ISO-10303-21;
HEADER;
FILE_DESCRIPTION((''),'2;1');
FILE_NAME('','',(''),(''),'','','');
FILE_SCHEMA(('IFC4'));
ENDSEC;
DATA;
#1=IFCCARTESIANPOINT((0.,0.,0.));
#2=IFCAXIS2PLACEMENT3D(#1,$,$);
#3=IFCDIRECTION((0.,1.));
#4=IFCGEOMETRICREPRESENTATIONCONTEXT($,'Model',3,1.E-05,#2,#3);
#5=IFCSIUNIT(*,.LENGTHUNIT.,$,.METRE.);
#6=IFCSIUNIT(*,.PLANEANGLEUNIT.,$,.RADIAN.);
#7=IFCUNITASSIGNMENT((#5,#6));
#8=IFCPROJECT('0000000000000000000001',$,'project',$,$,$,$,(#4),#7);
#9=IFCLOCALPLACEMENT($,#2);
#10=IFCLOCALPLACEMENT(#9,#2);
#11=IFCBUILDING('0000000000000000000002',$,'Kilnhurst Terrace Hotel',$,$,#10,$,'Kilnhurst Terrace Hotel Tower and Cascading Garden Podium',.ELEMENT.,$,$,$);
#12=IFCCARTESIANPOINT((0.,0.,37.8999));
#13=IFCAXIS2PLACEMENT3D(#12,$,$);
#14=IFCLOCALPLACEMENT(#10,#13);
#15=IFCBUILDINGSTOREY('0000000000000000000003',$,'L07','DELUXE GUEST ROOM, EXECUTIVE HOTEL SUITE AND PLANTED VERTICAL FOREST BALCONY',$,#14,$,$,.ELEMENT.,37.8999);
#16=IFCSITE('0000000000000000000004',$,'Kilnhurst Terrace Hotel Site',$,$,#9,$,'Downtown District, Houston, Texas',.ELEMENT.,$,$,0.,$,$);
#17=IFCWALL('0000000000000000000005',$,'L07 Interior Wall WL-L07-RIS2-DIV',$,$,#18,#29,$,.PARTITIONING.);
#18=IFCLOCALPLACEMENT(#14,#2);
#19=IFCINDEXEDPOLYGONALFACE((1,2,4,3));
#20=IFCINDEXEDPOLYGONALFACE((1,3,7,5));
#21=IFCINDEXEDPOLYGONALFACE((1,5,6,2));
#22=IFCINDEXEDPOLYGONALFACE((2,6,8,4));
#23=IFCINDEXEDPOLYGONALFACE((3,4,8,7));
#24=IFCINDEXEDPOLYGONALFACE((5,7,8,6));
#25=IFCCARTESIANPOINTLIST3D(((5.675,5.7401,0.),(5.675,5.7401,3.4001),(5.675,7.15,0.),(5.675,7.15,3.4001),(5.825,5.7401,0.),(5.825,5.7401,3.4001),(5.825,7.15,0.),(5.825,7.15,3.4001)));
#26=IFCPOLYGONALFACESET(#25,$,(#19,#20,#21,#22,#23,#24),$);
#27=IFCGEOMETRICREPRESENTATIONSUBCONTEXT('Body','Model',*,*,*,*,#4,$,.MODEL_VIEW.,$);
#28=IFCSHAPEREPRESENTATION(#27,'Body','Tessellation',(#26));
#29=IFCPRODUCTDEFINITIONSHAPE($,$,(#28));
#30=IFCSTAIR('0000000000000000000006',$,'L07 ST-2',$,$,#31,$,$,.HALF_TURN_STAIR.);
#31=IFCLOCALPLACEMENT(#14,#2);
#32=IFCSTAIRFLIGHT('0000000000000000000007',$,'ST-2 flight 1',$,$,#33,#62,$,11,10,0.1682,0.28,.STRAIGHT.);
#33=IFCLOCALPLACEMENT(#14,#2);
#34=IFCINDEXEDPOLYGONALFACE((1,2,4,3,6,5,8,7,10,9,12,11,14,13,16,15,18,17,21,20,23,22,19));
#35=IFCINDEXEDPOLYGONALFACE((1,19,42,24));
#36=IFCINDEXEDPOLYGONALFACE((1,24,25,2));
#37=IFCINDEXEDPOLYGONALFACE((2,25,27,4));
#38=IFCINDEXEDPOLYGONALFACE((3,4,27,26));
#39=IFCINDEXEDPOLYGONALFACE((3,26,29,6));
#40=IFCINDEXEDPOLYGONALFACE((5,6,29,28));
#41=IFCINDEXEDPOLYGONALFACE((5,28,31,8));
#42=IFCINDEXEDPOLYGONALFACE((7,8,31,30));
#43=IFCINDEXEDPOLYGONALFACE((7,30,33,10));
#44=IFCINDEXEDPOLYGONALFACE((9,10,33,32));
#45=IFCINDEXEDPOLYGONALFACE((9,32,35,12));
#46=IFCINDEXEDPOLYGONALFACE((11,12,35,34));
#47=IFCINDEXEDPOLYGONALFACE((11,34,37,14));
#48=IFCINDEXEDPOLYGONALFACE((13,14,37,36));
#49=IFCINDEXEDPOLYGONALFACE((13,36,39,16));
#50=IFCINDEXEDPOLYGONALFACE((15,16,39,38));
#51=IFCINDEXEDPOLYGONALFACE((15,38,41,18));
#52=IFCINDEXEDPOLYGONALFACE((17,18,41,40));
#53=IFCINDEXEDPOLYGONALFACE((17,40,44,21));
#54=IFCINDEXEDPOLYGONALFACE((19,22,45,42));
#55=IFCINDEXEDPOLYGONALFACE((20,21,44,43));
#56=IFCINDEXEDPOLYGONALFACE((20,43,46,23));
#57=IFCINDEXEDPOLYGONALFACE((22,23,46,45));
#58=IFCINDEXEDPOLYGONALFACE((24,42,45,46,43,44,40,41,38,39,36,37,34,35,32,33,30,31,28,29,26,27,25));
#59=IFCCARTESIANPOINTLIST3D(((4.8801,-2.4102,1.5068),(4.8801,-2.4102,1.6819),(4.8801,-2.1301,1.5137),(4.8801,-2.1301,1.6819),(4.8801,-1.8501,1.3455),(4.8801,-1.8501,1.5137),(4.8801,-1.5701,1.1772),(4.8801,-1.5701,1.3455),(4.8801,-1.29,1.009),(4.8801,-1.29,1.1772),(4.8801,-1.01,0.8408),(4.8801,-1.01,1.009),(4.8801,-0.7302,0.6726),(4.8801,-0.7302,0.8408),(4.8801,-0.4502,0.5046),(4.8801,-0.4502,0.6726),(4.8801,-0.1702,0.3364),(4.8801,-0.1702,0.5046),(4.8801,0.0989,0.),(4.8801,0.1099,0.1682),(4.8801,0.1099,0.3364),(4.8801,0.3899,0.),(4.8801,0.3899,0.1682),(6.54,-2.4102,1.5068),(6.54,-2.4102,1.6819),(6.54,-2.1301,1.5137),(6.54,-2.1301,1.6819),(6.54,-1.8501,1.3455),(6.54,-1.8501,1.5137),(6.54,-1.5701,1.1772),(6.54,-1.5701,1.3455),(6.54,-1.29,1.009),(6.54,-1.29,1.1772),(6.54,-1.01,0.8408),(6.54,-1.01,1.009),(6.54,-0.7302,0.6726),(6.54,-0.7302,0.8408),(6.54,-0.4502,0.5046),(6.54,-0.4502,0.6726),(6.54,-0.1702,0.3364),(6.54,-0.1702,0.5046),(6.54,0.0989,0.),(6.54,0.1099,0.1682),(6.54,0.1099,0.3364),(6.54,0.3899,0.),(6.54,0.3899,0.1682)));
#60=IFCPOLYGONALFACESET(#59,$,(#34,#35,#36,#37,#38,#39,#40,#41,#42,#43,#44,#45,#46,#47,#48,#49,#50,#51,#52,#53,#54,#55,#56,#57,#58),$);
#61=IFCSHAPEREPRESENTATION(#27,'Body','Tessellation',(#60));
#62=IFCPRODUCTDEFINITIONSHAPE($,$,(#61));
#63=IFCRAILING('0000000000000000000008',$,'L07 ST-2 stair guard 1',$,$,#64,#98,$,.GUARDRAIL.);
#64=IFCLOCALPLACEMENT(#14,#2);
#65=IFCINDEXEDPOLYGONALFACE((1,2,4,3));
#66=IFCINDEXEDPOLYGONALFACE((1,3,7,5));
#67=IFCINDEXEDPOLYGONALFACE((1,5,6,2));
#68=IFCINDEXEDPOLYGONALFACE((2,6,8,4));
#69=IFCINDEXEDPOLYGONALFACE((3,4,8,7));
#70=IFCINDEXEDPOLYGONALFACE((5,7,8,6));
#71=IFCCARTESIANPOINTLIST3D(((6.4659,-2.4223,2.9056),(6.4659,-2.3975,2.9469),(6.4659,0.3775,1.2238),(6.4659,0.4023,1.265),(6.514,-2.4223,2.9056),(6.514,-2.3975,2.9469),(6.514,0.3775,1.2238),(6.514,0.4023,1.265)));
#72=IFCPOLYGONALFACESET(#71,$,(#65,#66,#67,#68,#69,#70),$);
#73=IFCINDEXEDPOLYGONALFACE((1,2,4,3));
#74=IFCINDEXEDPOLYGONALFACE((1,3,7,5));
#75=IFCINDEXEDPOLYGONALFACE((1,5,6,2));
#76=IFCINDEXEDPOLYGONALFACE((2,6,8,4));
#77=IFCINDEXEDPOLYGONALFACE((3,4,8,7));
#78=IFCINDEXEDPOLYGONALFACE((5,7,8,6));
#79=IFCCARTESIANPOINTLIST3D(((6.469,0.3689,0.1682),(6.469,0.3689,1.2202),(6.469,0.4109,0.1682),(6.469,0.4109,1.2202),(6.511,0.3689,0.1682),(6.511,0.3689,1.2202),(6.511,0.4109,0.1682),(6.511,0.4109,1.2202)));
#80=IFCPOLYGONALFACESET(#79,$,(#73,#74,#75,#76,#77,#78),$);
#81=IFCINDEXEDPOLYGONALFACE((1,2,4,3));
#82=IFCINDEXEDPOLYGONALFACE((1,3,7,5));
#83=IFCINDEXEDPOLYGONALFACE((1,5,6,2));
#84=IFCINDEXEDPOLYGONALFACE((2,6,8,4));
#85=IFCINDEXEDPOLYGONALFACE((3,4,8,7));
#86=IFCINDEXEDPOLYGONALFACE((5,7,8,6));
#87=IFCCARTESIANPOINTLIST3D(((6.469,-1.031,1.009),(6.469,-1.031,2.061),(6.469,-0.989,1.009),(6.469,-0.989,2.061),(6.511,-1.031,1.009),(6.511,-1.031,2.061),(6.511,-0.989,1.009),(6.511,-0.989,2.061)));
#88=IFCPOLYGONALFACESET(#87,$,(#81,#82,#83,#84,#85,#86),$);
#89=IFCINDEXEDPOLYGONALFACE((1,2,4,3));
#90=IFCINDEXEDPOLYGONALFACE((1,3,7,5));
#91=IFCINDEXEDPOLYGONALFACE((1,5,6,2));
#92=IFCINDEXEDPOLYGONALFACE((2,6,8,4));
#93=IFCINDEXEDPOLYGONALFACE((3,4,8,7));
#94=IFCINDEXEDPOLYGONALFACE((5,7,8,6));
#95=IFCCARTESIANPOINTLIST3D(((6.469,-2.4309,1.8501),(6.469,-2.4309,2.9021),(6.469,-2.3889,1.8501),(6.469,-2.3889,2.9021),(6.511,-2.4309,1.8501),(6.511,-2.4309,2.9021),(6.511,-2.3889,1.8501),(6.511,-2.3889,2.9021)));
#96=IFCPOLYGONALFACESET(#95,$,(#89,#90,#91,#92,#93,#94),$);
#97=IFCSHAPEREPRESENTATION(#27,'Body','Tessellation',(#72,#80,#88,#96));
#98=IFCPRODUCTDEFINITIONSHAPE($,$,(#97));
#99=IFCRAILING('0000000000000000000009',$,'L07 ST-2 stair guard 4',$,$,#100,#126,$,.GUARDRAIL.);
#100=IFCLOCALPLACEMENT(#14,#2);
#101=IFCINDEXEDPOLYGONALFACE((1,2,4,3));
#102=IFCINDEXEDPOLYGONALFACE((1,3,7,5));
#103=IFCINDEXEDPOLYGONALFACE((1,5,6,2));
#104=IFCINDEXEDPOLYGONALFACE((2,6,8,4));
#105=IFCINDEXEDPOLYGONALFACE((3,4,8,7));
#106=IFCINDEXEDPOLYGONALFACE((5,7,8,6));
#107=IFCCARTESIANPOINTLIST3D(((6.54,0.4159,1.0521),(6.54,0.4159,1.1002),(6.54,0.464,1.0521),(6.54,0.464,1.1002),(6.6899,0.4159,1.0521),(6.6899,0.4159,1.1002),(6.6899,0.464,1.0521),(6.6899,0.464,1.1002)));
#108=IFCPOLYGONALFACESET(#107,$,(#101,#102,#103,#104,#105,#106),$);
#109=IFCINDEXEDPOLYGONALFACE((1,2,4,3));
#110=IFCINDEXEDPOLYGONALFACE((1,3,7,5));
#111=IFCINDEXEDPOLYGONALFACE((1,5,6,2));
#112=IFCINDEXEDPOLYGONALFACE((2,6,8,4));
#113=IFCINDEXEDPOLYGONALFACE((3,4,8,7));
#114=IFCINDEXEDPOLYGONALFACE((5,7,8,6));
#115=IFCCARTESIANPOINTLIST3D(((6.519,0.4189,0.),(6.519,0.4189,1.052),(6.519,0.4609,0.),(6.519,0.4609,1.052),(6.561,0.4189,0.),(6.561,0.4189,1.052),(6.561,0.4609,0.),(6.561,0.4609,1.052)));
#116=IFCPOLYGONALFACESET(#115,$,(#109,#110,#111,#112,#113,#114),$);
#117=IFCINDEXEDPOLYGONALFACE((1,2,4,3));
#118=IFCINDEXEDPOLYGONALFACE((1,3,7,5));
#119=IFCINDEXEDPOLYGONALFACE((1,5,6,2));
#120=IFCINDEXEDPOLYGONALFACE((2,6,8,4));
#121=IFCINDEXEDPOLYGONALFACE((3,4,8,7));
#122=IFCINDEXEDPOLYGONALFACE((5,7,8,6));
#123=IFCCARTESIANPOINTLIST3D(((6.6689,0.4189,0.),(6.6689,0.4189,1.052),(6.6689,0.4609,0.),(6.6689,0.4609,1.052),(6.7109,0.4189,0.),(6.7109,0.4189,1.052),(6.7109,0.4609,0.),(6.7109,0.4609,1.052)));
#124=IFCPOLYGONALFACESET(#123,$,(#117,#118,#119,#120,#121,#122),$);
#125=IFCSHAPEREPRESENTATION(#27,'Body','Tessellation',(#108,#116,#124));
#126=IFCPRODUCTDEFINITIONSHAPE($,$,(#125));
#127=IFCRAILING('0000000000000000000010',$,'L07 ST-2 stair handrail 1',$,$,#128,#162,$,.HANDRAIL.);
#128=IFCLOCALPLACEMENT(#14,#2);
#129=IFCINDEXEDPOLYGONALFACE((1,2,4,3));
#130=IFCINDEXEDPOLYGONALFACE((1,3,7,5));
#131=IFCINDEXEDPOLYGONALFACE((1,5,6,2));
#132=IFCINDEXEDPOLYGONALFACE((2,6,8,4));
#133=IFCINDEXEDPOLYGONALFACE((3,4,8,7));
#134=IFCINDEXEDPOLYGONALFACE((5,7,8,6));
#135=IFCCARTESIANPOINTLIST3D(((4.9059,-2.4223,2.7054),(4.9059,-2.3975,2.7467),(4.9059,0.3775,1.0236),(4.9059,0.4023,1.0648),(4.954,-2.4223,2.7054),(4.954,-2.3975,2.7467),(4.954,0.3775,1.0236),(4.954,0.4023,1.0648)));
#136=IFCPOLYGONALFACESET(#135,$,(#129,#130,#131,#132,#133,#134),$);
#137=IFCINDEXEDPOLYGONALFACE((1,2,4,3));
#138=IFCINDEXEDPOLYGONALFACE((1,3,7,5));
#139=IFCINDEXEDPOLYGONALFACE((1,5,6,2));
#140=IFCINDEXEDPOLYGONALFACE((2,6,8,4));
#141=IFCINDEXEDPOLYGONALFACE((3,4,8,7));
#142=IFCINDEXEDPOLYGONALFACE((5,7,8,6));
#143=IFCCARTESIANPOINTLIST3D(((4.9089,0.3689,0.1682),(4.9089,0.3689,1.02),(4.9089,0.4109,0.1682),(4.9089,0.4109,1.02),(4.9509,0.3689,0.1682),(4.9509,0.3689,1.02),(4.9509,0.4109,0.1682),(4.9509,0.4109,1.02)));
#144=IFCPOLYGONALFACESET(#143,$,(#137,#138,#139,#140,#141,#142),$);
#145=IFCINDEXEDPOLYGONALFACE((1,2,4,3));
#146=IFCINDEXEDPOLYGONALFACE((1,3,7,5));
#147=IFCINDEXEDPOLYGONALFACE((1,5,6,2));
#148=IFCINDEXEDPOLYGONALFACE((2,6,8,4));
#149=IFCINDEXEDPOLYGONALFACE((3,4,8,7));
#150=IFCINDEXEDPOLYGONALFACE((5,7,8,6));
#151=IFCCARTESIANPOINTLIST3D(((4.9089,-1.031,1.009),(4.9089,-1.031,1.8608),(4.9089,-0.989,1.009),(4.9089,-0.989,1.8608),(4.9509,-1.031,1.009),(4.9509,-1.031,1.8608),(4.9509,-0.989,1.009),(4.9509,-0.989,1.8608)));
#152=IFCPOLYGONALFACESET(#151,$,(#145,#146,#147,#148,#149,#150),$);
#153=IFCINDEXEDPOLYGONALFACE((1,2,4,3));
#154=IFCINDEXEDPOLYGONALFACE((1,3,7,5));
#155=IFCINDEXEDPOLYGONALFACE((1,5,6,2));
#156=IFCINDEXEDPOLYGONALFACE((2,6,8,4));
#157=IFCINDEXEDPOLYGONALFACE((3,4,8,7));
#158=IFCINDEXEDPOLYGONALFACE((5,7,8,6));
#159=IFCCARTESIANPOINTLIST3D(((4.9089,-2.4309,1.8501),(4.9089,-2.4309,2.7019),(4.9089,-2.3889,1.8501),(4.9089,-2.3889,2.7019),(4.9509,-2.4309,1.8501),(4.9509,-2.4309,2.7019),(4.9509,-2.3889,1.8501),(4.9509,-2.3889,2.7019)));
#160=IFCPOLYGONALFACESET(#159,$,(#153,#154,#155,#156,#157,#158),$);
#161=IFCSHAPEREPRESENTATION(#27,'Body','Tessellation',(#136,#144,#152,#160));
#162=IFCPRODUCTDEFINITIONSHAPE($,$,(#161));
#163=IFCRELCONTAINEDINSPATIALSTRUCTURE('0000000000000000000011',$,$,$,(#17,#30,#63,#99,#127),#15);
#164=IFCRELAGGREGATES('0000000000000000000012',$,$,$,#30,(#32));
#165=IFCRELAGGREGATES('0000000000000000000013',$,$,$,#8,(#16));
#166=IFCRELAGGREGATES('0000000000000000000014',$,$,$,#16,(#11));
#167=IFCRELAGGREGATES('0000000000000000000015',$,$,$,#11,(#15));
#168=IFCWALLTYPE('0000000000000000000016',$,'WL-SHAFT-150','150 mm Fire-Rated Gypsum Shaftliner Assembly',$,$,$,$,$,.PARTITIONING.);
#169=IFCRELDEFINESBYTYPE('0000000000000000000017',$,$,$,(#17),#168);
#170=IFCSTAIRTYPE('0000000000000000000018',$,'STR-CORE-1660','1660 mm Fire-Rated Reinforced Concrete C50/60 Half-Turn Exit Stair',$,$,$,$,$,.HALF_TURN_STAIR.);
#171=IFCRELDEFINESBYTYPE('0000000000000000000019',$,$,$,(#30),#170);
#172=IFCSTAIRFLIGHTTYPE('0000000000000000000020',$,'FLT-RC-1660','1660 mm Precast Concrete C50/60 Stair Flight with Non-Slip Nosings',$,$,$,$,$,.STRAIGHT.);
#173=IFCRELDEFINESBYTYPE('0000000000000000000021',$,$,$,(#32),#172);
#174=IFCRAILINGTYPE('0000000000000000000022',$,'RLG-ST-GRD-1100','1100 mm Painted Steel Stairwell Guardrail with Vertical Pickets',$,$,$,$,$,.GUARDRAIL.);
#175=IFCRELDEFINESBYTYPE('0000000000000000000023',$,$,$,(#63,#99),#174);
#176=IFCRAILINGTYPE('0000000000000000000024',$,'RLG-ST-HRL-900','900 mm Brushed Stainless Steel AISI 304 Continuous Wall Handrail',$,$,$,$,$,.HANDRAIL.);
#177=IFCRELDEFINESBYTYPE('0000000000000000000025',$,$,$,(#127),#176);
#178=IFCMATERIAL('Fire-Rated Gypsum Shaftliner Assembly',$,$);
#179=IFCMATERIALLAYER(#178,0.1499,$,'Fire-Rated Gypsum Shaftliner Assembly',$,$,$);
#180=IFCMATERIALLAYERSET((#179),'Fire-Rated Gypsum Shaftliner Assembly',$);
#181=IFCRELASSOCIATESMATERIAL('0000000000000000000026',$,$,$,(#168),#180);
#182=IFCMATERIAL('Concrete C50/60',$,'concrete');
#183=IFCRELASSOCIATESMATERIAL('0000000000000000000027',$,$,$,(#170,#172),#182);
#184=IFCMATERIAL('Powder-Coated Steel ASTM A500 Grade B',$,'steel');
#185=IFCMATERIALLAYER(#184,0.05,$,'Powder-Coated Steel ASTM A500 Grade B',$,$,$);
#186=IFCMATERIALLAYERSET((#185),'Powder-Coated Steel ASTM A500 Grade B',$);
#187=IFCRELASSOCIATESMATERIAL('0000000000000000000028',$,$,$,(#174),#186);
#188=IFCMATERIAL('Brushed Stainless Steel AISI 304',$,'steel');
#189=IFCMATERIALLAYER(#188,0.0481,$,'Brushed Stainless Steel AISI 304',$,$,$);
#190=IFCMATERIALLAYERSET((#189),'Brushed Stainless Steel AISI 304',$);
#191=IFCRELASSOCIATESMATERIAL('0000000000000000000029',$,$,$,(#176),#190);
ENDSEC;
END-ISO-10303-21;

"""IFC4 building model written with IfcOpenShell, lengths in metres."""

from ifc_helpers import new_model, si_unit, direction, frame, frame_2d, origin, origin_2d, place, context, subcontext, project, spatial, polyline, rectangle, outline, extrude, material, layer, layer_set, type_object, element, aggregate, save


model = new_model("IFC4")

# Units and contexts
model_context = context("Model", 3, precision=1e-05, world=origin(), true_north=direction((0.0, 1.0)))
body_context = subcontext(model_context, "Body", "Model", "MODEL_VIEW")
ifc_project = project(units=[si_unit("LENGTHUNIT", "METRE"), si_unit("PLANEANGLEUNIT", "RADIAN")], contexts=[model_context])

# Site, building, storey
site_placement = place(None, origin())
site = spatial("IfcSite", under=ifc_project, at=site_placement, Name="Kilnhurst Terrace Hotel Site", LongName="Downtown District, Houston, Texas", CompositionType="ELEMENT", RefElevation=0.0)
building_placement = place(site_placement, origin())
building = spatial("IfcBuilding", under=site, at=building_placement, Name="Kilnhurst Terrace Hotel", LongName="Kilnhurst Terrace Hotel Tower and Cascading Garden Podium", CompositionType="ELEMENT")
storey_placement = place(building_placement, frame((0.0, 0.0, 37.8999)))
storey = spatial("IfcBuildingStorey", under=building, at=storey_placement, Name="L07", Description="DELUXE GUEST ROOM, EXECUTIVE HOTEL SUITE AND PLANTED VERTICAL FOREST BALCONY", CompositionType="ELEMENT", Elevation=37.8999)

# Shared definitions
ifc_material_1 = material(Name="Concrete C50/60", Category="concrete")

# Wall
ifc_material_2 = material(Name="Fire-Rated Gypsum Shaftliner Assembly")
ifc_layer_1 = layer(ifc_material_2, 0.1499, Name="Fire-Rated Gypsum Shaftliner Assembly")
ifc_layer_set_1 = layer_set([ifc_layer_1], Name="Fire-Rated Gypsum Shaftliner Assembly")
wall_type_1 = type_object("IfcWallType", Name="WL-SHAFT-150", Description="150 mm Fire-Rated Gypsum Shaftliner Assembly", PredefinedType="PARTITIONING", material=ifc_layer_set_1)
wall_1_placement = place(storey_placement, frame((5.75, 5.74, 0.0), z_axis=(0.0, 0.0, 1.0), x_axis=(0.0, 1.0, 0.0)))
element("IfcWall", 1, at=wall_1_placement, inside=storey, type_object=wall_type_1, Name="L07 Interior Wall WL-L07-RIS2-DIV", PredefinedType="PARTITIONING", context=body_context, shape_type="SweptSolid", body=[
    extrude(rectangle(XDim=1.4099, YDim=0.1499, at=frame_2d((0.7051, 0.0))), origin(), (0.0, 0.0, 1.0), 3.4001),
])

# Stair, stair flight
stair_type = type_object("IfcStairType", Name="STR-CORE-1660", Description="1660 mm Fire-Rated Reinforced Concrete C50/60 Half-Turn Exit Stair", PredefinedType="HALF_TURN_STAIR", material=ifc_material_1)
stair_placement = place(storey_placement, origin())
stair = element("IfcStair", 2, at=stair_placement, inside=storey, type_object=stair_type, Name="L07 ST-2", PredefinedType="HALF_TURN_STAIR")
stair_flight_type = type_object("IfcStairFlightType", Name="FLT-RC-1660", Description="1660 mm Precast Concrete C50/60 Stair Flight with Non-Slip Nosings", PredefinedType="STRAIGHT", material=ifc_material_1)
stair_flight_placement = place(storey_placement, frame((5.71, 0.3899, 0.0), z_axis=(0.0, 0.0, 1.0), x_axis=(0.0, -1.0, 0.0)))
stair_flight = element("IfcStairFlight", 3, at=stair_flight_placement, type_object=stair_flight_type, Name="ST-2 flight 1", NumberOfRisers=11, NumberOfTreads=10, PredefinedType="STRAIGHT", RiserHeight=0.1682, TreadLength=0.28, context=body_context, shape_type="SweptSolid", body=[
    extrude(outline(polyline([(0.0, 0.0), (0.0, 0.1682), (0.28, 0.1682), (0.28, 0.3364), (0.5601, 0.3364), (0.5601, 0.5046), (0.8401, 0.5046), (0.8401, 0.6726), (1.1201, 0.6726), (1.1201, 0.8408), (1.3999, 0.8408), (1.3999, 1.009), (1.6799, 1.009), (1.6799, 1.1772), (1.96, 1.1772), (1.96, 1.3455), (2.24, 1.3455), (2.24, 1.5137), (2.52, 1.5137), (2.52, 1.6819), (2.8, 1.6819), (2.8, 1.8501), (2.8, 1.5068), (0.291, 0.0), (0.0, 0.0)])), frame((0.0, 0.8301, 0.0), z_axis=(0.0, -1.0, 0.0), x_axis=(1.0, 0.0, 0.0)), (0.0, 0.0, 1.0), 1.6599),
])
aggregate(stair, [stair_flight])

# Railings
ifc_material_3 = material(Name="Powder-Coated Steel ASTM A500 Grade B", Category="steel")
ifc_layer_2 = layer(ifc_material_3, 0.05, Name="Powder-Coated Steel ASTM A500 Grade B")
ifc_layer_set_2 = layer_set([ifc_layer_2], Name="Powder-Coated Steel ASTM A500 Grade B")
railing_type_1 = type_object("IfcRailingType", Name="RLG-ST-GRD-1100", Description="1100 mm Painted Steel Stairwell Guardrail with Vertical Pickets", PredefinedType="GUARDRAIL", material=ifc_layer_set_2)
railing_1_placement = place(storey_placement, frame((6.49, 0.3899, 0.1682)))
element("IfcRailing", 4, at=railing_1_placement, inside=storey, type_object=railing_type_1, Name="L07 ST-2 stair guard 1", PredefinedType="GUARDRAIL", context=body_context, shape_type="SweptSolid", body=[
    extrude(rectangle(XDim=0.0481, YDim=0.0481, at=origin_2d()), frame((0.0, 0.0, 1.0762), z_axis=(0.0, -0.857222, 0.514946), x_axis=(1.0, 0.0, 0.0)), (0.0, 0.0, 1.0), 3.2661),
    extrude(rectangle(XDim=0.042, YDim=0.042, at=origin_2d()), origin(), (0.0, 0.0, 1.0), 1.052),
    extrude(rectangle(XDim=0.042, YDim=0.042, at=origin_2d()), frame((0.0, -1.3999, 0.8408)), (0.0, 0.0, 1.0), 1.052),
    extrude(rectangle(XDim=0.042, YDim=0.042, at=origin_2d()), frame((0.0, -2.7998, 1.6819)), (0.0, 0.0, 1.0), 1.052),
])
railing_2_placement = place(storey_placement, frame((6.54, 0.4399, 0.0)))
element("IfcRailing", 5, at=railing_2_placement, inside=storey, type_object=railing_type_1, Name="L07 ST-2 stair guard 4", PredefinedType="GUARDRAIL", context=body_context, shape_type="SweptSolid", body=[
    extrude(rectangle(XDim=0.0481, YDim=0.0481, at=origin_2d()), frame((0.0, 0.0, 1.0762), z_axis=(1.0, 0.0, 0.0), x_axis=(0.0, 1.0, 0.0)), (0.0, 0.0, 1.0), 0.1499),
    extrude(rectangle(XDim=0.042, YDim=0.042, at=origin_2d()), origin(), (0.0, 0.0, 1.0), 1.052),
    extrude(rectangle(XDim=0.042, YDim=0.042, at=origin_2d()), frame((0.1499, 0.0, 0.0)), (0.0, 0.0, 1.0), 1.052),
])
ifc_material_4 = material(Name="Brushed Stainless Steel AISI 304", Category="steel")
ifc_layer_3 = layer(ifc_material_4, 0.0481, Name="Brushed Stainless Steel AISI 304")
ifc_layer_set_3 = layer_set([ifc_layer_3], Name="Brushed Stainless Steel AISI 304")
railing_type_2 = type_object("IfcRailingType", Name="RLG-ST-HRL-900", Description="900 mm Brushed Stainless Steel AISI 304 Continuous Wall Handrail", PredefinedType="HANDRAIL", material=ifc_layer_set_3)
railing_3_placement = place(storey_placement, frame((4.9299, 0.3899, 0.1682)))
element("IfcRailing", 6, at=railing_3_placement, inside=storey, type_object=railing_type_2, Name="L07 ST-2 stair handrail 1", PredefinedType="HANDRAIL", context=body_context, shape_type="SweptSolid", body=[
    extrude(rectangle(XDim=0.0481, YDim=0.0481, at=origin_2d()), frame((0.0, 0.0, 0.876), z_axis=(0.0, -0.857222, 0.514946), x_axis=(1.0, 0.0, 0.0)), (0.0, 0.0, 1.0), 3.2661),
    extrude(rectangle(XDim=0.042, YDim=0.042, at=origin_2d()), origin(), (0.0, 0.0, 1.0), 0.8518),
    extrude(rectangle(XDim=0.042, YDim=0.042, at=origin_2d()), frame((0.0, -1.3999, 0.8408)), (0.0, 0.0, 1.0), 0.8518),
    extrude(rectangle(XDim=0.042, YDim=0.042, at=origin_2d()), frame((0.0, -2.7998, 1.6819)), (0.0, 0.0, 1.0), 0.8518),
])

save(model, "model.ifc")
